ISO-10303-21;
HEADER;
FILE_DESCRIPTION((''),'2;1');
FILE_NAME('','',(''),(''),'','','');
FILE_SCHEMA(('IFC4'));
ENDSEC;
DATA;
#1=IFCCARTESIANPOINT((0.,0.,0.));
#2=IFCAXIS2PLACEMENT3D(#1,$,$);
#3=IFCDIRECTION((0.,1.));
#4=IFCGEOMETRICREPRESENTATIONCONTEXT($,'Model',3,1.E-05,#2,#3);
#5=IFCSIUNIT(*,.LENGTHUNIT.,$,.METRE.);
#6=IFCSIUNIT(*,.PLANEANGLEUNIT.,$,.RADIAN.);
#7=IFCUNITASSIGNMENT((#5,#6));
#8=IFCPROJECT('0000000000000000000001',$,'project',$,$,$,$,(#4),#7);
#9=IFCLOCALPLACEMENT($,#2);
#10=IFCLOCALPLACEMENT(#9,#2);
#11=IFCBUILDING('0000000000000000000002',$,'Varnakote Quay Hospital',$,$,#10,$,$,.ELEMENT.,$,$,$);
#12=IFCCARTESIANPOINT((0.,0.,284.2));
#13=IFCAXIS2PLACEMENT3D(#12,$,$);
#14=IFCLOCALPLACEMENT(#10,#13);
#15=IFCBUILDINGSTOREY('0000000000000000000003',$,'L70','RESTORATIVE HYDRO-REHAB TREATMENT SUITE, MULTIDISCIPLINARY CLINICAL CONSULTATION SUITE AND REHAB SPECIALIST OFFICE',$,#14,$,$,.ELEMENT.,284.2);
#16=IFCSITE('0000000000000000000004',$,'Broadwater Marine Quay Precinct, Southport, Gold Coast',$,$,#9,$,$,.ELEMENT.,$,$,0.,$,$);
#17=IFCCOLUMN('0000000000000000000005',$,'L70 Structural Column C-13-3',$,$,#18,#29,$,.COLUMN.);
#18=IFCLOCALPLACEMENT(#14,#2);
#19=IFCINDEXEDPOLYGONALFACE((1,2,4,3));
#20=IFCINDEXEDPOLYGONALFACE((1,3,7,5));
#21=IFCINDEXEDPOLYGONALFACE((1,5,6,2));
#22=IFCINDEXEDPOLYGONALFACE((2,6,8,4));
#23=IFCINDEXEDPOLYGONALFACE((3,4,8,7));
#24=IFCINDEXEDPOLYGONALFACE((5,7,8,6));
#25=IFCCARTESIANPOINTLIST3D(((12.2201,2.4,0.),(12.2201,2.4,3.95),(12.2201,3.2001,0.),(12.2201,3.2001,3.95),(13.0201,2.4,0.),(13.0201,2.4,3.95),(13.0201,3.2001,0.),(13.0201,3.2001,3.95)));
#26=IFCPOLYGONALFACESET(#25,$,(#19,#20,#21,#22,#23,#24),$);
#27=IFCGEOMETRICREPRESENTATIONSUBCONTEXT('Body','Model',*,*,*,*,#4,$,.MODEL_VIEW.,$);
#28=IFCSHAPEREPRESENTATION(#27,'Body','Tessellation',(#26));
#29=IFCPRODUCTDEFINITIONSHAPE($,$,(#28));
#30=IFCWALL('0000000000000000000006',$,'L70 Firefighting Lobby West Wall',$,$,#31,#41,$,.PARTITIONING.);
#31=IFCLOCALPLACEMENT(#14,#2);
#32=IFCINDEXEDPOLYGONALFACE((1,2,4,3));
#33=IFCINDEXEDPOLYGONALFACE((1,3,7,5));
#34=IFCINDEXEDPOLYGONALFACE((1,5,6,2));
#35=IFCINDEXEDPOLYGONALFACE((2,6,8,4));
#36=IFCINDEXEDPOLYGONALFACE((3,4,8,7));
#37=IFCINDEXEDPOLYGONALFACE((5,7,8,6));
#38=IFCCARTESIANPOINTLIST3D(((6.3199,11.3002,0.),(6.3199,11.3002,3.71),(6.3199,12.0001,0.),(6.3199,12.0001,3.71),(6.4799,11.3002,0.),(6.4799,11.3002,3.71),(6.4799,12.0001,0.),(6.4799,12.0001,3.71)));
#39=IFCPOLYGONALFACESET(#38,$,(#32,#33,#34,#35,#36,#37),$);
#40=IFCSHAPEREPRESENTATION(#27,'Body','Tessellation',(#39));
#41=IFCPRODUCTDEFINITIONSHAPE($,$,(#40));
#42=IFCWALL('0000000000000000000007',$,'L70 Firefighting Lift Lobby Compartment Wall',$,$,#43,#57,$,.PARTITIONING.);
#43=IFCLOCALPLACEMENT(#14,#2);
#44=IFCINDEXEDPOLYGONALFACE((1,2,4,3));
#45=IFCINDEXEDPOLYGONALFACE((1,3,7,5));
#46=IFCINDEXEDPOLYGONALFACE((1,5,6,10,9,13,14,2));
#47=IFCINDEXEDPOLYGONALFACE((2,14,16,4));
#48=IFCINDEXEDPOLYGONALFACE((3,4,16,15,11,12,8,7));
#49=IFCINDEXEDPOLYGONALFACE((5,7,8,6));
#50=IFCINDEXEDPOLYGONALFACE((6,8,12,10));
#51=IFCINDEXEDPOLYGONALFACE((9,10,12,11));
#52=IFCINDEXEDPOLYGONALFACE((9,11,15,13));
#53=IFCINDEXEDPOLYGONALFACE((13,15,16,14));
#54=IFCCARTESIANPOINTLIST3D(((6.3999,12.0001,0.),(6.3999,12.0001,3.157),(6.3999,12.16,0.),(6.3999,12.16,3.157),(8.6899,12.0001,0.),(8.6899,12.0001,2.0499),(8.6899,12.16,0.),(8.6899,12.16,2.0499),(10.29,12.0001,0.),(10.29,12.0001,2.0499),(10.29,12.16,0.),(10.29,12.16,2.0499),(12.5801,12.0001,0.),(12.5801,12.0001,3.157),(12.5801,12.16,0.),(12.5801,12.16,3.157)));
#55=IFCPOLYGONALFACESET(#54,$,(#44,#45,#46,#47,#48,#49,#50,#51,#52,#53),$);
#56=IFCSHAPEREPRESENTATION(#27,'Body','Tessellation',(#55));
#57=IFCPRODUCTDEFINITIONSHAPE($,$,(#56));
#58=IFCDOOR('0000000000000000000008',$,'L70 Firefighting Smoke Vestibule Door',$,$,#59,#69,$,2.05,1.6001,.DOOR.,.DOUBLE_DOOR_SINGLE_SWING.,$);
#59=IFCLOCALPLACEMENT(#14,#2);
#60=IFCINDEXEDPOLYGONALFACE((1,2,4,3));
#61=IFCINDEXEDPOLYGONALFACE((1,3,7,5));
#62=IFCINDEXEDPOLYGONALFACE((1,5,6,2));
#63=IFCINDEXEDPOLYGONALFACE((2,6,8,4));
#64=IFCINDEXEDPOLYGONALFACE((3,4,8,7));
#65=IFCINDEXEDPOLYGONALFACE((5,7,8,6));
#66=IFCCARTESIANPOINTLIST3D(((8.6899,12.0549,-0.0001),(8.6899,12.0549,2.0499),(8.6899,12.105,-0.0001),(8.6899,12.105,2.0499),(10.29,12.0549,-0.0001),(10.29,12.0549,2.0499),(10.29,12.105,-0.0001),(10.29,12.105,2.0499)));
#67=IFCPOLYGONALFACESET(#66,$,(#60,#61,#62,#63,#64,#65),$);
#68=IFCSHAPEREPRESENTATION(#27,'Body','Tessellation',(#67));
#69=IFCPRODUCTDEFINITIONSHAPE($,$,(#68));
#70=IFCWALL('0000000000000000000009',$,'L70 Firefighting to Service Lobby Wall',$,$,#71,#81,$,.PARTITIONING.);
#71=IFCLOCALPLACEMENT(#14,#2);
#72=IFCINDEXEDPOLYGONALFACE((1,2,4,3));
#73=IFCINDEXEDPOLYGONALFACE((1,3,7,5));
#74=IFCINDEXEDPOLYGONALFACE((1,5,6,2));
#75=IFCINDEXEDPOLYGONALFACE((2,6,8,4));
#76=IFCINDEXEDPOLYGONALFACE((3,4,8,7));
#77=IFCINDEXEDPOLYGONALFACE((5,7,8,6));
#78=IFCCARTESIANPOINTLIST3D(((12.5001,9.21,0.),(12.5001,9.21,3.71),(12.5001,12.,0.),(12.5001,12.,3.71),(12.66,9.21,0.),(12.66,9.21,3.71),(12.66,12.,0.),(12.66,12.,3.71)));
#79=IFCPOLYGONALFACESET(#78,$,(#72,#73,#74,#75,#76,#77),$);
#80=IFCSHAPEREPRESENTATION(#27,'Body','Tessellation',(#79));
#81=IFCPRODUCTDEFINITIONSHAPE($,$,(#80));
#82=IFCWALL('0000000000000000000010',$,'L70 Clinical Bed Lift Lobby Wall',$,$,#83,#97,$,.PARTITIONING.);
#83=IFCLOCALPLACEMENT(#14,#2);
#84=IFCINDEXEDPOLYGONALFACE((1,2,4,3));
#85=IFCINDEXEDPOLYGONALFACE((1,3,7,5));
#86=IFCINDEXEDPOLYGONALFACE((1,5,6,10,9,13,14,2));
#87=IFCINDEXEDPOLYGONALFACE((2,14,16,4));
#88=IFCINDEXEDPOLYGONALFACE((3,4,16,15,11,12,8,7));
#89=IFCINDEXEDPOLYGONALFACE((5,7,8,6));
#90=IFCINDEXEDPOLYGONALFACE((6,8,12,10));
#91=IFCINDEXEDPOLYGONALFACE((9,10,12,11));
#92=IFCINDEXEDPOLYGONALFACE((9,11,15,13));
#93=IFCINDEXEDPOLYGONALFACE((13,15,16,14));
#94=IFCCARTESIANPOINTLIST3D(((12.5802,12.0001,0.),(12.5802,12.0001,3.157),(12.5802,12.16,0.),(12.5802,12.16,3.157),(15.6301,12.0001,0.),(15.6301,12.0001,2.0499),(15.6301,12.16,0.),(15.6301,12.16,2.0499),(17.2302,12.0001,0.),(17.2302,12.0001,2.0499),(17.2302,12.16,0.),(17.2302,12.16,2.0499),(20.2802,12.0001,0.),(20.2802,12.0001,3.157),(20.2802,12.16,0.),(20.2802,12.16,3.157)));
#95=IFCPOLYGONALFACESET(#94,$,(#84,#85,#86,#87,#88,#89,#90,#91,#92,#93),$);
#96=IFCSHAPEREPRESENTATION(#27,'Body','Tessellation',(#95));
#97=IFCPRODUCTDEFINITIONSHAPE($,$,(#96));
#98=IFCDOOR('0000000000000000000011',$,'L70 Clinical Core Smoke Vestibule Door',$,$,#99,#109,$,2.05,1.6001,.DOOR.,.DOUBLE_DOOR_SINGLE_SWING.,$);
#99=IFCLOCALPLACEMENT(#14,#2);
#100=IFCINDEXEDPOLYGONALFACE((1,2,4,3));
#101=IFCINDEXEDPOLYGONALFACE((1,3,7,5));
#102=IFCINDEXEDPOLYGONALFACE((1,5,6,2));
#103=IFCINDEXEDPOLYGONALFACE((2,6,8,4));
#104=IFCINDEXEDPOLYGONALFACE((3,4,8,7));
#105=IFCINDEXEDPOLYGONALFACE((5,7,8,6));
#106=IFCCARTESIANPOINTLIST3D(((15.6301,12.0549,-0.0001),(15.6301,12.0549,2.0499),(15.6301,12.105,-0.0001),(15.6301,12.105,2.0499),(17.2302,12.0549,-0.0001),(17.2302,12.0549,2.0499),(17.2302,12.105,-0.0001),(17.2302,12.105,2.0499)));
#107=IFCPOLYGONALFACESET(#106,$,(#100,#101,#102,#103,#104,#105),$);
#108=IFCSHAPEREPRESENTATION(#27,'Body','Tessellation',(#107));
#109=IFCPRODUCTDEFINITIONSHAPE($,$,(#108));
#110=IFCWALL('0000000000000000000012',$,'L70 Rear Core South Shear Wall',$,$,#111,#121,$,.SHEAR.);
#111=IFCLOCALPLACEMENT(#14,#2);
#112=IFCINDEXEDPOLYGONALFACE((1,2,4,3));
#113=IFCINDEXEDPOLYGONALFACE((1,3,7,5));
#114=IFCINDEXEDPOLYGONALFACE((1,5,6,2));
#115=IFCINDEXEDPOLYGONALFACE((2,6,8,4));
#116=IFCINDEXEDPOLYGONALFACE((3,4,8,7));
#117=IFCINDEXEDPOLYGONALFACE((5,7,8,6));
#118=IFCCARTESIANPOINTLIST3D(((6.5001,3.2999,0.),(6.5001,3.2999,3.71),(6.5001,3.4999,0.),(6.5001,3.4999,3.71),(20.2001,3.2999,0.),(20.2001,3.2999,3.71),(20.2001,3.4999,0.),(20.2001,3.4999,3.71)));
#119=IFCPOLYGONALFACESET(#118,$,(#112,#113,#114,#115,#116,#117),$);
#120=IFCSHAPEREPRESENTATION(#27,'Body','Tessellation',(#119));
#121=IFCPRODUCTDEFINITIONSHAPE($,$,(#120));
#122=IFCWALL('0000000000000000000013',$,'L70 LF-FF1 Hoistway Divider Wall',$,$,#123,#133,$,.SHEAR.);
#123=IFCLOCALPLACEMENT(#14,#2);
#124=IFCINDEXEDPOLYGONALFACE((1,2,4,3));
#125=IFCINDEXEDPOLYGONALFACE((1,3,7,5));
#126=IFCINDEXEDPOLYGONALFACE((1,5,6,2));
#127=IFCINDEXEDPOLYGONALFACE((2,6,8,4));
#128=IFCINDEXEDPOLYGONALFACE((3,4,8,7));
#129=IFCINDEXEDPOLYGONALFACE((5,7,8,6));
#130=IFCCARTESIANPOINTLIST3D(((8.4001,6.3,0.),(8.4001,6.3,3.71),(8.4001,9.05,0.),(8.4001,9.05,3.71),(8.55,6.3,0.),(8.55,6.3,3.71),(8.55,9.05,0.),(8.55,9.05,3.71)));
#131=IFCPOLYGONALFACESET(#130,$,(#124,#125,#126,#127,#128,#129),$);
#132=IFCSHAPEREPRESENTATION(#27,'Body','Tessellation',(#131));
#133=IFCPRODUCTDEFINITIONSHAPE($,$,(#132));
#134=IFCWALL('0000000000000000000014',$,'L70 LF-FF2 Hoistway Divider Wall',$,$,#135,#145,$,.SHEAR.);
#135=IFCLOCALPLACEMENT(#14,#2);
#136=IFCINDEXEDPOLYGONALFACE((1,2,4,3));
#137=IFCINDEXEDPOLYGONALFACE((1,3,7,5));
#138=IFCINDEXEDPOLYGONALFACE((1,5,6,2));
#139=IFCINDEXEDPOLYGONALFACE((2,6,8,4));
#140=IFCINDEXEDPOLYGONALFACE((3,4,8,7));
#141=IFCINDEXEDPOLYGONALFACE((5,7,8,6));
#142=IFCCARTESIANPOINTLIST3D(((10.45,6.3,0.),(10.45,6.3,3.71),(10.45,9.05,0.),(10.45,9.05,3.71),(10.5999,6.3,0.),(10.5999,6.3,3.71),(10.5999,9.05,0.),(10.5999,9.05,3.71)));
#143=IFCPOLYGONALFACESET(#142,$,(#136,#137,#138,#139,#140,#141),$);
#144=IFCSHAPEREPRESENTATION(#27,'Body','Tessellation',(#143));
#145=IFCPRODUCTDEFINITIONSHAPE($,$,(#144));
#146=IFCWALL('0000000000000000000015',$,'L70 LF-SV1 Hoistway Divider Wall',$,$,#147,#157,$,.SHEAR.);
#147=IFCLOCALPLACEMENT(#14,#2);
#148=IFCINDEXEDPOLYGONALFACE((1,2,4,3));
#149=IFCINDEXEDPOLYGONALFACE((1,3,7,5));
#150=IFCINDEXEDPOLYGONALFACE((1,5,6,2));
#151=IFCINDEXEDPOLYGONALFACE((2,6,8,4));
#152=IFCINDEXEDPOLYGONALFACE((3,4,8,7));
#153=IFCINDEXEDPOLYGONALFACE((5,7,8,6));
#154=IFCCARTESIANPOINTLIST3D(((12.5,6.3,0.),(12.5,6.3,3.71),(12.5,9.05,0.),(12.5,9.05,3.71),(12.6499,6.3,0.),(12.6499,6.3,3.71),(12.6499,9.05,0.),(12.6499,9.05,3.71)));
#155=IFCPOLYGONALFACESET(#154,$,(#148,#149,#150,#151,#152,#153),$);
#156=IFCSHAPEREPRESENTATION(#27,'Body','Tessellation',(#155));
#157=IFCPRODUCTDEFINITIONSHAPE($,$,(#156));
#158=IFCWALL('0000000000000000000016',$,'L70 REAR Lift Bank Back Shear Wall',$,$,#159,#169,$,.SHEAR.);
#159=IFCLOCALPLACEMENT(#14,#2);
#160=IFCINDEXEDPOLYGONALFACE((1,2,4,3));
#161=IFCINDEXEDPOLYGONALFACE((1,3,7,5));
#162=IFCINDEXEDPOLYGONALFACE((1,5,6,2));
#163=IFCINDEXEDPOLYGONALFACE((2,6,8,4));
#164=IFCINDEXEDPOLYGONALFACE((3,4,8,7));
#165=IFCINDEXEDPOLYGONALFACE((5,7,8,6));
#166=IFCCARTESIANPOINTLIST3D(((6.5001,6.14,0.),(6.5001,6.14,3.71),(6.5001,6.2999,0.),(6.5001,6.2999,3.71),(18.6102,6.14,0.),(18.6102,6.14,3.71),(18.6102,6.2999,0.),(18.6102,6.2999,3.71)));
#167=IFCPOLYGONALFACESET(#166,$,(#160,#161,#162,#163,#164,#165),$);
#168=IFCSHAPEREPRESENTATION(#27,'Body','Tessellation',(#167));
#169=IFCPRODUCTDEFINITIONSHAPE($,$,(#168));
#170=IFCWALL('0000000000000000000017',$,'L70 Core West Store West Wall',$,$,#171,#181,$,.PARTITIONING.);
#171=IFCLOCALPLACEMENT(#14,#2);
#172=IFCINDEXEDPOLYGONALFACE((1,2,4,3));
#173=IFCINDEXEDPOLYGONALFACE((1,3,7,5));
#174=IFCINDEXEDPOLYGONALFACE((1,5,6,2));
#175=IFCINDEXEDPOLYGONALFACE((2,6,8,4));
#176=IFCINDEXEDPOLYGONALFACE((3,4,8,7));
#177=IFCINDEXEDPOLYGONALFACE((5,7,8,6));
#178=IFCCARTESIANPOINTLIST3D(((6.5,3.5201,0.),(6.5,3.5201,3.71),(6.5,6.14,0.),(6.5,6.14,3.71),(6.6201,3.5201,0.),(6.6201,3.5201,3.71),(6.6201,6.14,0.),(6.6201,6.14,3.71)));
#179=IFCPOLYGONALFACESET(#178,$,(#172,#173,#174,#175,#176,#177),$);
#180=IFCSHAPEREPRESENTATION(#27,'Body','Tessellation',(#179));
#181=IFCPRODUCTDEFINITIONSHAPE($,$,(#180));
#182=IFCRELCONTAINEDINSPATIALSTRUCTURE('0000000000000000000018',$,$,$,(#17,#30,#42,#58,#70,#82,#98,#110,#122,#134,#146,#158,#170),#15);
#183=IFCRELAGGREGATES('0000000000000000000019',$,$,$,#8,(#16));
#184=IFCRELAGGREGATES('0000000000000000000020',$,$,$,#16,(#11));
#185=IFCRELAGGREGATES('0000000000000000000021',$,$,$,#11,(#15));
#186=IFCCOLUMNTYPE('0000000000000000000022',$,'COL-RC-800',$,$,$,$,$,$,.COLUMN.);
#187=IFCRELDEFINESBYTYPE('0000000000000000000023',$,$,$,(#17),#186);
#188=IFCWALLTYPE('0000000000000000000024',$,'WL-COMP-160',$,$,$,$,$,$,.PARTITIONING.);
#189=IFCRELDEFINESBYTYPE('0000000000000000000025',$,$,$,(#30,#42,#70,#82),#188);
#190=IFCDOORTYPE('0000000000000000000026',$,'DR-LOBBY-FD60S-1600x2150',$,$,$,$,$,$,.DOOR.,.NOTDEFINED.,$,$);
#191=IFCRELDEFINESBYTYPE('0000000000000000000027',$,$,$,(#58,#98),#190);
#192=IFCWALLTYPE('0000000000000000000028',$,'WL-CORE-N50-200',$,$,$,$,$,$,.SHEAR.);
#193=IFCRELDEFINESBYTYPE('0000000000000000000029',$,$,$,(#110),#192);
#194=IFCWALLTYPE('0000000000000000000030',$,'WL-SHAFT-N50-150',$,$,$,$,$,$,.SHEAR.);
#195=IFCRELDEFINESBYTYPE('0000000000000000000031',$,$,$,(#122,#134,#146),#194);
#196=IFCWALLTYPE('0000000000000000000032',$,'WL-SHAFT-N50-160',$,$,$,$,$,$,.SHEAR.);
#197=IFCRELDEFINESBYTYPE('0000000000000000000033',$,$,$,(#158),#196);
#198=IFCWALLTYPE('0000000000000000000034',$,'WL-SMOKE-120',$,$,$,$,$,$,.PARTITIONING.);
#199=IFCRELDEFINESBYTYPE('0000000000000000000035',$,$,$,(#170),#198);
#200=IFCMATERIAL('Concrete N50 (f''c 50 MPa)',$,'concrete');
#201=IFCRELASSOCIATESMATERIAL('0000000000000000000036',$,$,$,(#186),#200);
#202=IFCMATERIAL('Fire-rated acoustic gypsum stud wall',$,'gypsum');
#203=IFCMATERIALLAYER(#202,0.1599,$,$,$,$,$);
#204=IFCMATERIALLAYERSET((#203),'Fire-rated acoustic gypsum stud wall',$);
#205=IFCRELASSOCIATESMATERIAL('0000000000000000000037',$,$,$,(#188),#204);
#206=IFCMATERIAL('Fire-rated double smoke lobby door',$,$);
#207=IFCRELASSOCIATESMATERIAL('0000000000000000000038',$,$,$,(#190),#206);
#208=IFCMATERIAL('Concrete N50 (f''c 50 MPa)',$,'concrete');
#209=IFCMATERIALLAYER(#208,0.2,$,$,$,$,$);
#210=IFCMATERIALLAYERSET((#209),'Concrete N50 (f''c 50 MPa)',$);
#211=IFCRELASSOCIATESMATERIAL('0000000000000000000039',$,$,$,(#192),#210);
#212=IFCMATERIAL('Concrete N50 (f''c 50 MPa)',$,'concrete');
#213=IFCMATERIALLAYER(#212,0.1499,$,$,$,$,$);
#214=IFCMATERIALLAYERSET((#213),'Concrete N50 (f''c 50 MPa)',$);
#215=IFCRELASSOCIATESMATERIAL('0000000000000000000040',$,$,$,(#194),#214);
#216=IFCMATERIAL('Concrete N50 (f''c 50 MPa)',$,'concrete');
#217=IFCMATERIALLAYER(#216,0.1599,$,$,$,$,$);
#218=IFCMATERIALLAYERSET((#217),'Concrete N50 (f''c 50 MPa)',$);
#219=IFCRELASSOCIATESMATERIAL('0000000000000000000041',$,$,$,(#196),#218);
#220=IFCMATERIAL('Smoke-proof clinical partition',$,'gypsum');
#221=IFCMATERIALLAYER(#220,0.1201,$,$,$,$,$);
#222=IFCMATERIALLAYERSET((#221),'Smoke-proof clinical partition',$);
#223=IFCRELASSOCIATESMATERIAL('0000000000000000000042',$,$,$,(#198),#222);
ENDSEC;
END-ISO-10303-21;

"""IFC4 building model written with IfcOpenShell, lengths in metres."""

from ifc_helpers import new_model, si_unit, direction, frame, frame_2d, origin, origin_2d, place, context, subcontext, project, spatial, rectangle, extrude, material, layer, layer_set, material_profile, profile_set, type_object, element, fill, save


model = new_model("IFC4")

# Units and contexts
model_context = context("Model", 3, precision=1e-05, world=origin(), true_north=direction((0.0, 1.0)))
body_context = subcontext(model_context, "Body", "Model", "MODEL_VIEW")
ifc_project = project(units=[si_unit("LENGTHUNIT", "METRE"), si_unit("PLANEANGLEUNIT", "RADIAN")], contexts=[model_context])

# Site, building, storey
site_placement = place(None, origin())
site = spatial("IfcSite", under=ifc_project, at=site_placement, Name="Broadwater Marine Quay Precinct, Southport, Gold Coast", CompositionType="ELEMENT", RefElevation=0.0)
building_placement = place(site_placement, origin())
building = spatial("IfcBuilding", under=site, at=building_placement, Name="Varnakote Quay Hospital", CompositionType="ELEMENT")
storey_placement = place(building_placement, frame((0.0, 0.0, 284.2)))
storey = spatial("IfcBuildingStorey", under=building, at=storey_placement, Name="L70", Description="RESTORATIVE HYDRO-REHAB TREATMENT SUITE, MULTIDISCIPLINARY CLINICAL CONSULTATION SUITE AND REHAB SPECIALIST OFFICE", CompositionType="ELEMENT", Elevation=284.2)

# Column
ifc_material_1 = material(Name="Concrete N50 (f'c 50 MPa)", Category="concrete")
ifc_material_profile = material_profile(ifc_material_1, rectangle(XDim=0.8, YDim=0.8, at=origin_2d()), Name="RC-COL-800x800")
ifc_profile_set = profile_set([ifc_material_profile], Name="Concrete N50 (f'c 50 MPa)")
column_type = type_object("IfcColumnType", Name="COL-RC-800", PredefinedType="COLUMN", material=ifc_profile_set)
column_placement = place(storey_placement, frame((12.6201, 2.8, 0.0), z_axis=(0.0, 0.0, 1.0), x_axis=(1.0, 0.0, 0.0)))
element("IfcColumn", 1, at=column_placement, inside=storey, type_object=column_type, Name="L70 Structural Column C-13-3", PredefinedType="COLUMN", context=body_context, shape_type="SweptSolid", body=[
    extrude(rectangle(XDim=0.8, YDim=0.8, at=origin_2d()), origin(), (0.0, 0.0, 1.0), 3.95),
])

# Wall
ifc_material_2 = material(Name="Fire-rated acoustic gypsum stud wall", Category="gypsum")
ifc_layer_1 = layer(ifc_material_2, 0.1599)
ifc_layer_set_1 = layer_set([ifc_layer_1], Name="Fire-rated acoustic gypsum stud wall")
wall_type_1 = type_object("IfcWallType", Name="WL-COMP-160", PredefinedType="PARTITIONING", material=ifc_layer_set_1)
wall_1_placement = place(storey_placement, frame((6.3999, 11.3, 0.0), z_axis=(0.0, 0.0, 1.0), x_axis=(0.0, 1.0, 0.0)))
element("IfcWall", 2, at=wall_1_placement, inside=storey, type_object=wall_type_1, Name="L70 Firefighting Lobby West Wall", PredefinedType="PARTITIONING", context=body_context, shape_type="SweptSolid", body=[
    extrude(rectangle(XDim=0.7, YDim=0.1599, at=frame_2d((0.3501, 0.0))), origin(), (0.0, 0.0, 1.0), 3.71),
])

# Wall, opening, door
wall_2_placement = place(storey_placement, frame((6.3999, 12.0801, 0.0), z_axis=(0.0, 0.0, 1.0), x_axis=(1.0, 0.0, 0.0)))
wall_2 = element("IfcWall", 3, at=wall_2_placement, inside=storey, type_object=wall_type_1, Name="L70 Firefighting Lift Lobby Compartment Wall", PredefinedType="PARTITIONING", context=body_context, shape_type="SweptSolid", body=[
    extrude(rectangle(XDim=6.1802, YDim=0.1599, at=frame_2d((3.0901, 0.0))), origin(), (0.0, 0.0, 1.0), 3.157),
])
opening_1_placement = place(wall_2_placement, frame((2.29, 0.0, 0.0)))
opening_1 = element("IfcOpeningElement", 4, at=opening_1_placement, cuts=wall_2, PredefinedType="OPENING", context=body_context, shape_type="SweptSolid", body=[
    extrude(rectangle(XDim=1.6001, YDim=2.05, at=frame_2d((0.8, 1.0249))), frame((0.0, 0.0898, 0.0), z_axis=(0.0, -1.0, 0.0), x_axis=(1.0, 0.0, 0.0)), (0.0, 0.0, 1.0), 0.1799),
])
ifc_material_3 = material(Name="Fire-rated double smoke lobby door")
door_type_1 = type_object("IfcDoorType", Name="DR-LOBBY-FD60S-1600x2150", OperationType="NOTDEFINED", PredefinedType="DOOR", material=ifc_material_3)
door_1_placement = place(opening_1_placement, origin())
door_1 = element("IfcDoor", 5, at=door_1_placement, inside=storey, type_object=door_type_1, Name="L70 Firefighting Smoke Vestibule Door", OperationType="DOUBLE_DOOR_SINGLE_SWING", OverallHeight=2.05, OverallWidth=1.6001, PredefinedType="DOOR", context=body_context, shape_type="SweptSolid", body=[
    extrude(rectangle(XDim=1.6001, YDim=2.05, at=frame_2d((0.8, 1.0249))), frame((0.0, 0.0249, 0.0), z_axis=(0.0, -1.0, 0.0), x_axis=(1.0, 0.0, 0.0)), (0.0, 0.0, 1.0), 0.05),
])
fill(opening_1, door_1)

# Wall
wall_3_placement = place(storey_placement, frame((12.5801, 9.21, 0.0), z_axis=(0.0, 0.0, 1.0), x_axis=(0.0, 1.0, 0.0)))
element("IfcWall", 6, at=wall_3_placement, inside=storey, type_object=wall_type_1, Name="L70 Firefighting to Service Lobby Wall", PredefinedType="PARTITIONING", context=body_context, shape_type="SweptSolid", body=[
    extrude(rectangle(XDim=2.79, YDim=0.1599, at=frame_2d((1.395, 0.0))), origin(), (0.0, 0.0, 1.0), 3.71),
])

# Wall, opening, door
wall_4_placement = place(storey_placement, frame((12.5801, 12.0801, 0.0), z_axis=(0.0, 0.0, 1.0), x_axis=(1.0, 0.0, 0.0)))
wall_4 = element("IfcWall", 7, at=wall_4_placement, inside=storey, type_object=wall_type_1, Name="L70 Clinical Bed Lift Lobby Wall", PredefinedType="PARTITIONING", context=body_context, shape_type="SweptSolid", body=[
    extrude(rectangle(XDim=7.7, YDim=0.1599, at=frame_2d((3.8501, 0.0))), origin(), (0.0, 0.0, 1.0), 3.157),
])
opening_2_placement = place(wall_4_placement, frame((3.05, 0.0, 0.0)))
opening_2 = element("IfcOpeningElement", 8, at=opening_2_placement, cuts=wall_4, PredefinedType="OPENING", context=body_context, shape_type="SweptSolid", body=[
    extrude(rectangle(XDim=1.6001, YDim=2.05, at=frame_2d((0.8, 1.0249))), frame((0.0, 0.0898, 0.0), z_axis=(0.0, -1.0, 0.0), x_axis=(1.0, 0.0, 0.0)), (0.0, 0.0, 1.0), 0.1799),
])
door_2_placement = place(opening_2_placement, origin())
door_2 = element("IfcDoor", 9, at=door_2_placement, inside=storey, type_object=door_type_1, Name="L70 Clinical Core Smoke Vestibule Door", OperationType="DOUBLE_DOOR_SINGLE_SWING", OverallHeight=2.05, OverallWidth=1.6001, PredefinedType="DOOR", context=body_context, shape_type="SweptSolid", body=[
    extrude(rectangle(XDim=1.6001, YDim=2.05, at=frame_2d((0.8, 1.0249))), frame((0.0, 0.0249, 0.0), z_axis=(0.0, -1.0, 0.0), x_axis=(1.0, 0.0, 0.0)), (0.0, 0.0, 1.0), 0.05),
])
fill(opening_2, door_2)

# Walls
ifc_material_4 = material(Name="Concrete N50 (f'c 50 MPa)", Category="concrete")
ifc_layer_2 = layer(ifc_material_4, 0.2)
ifc_layer_set_2 = layer_set([ifc_layer_2], Name="Concrete N50 (f'c 50 MPa)")
wall_type_2 = type_object("IfcWallType", Name="WL-CORE-N50-200", PredefinedType="SHEAR", material=ifc_layer_set_2)
wall_5_placement = place(storey_placement, frame((6.5, 3.3999, 0.0), z_axis=(0.0, 0.0, 1.0), x_axis=(1.0, 0.0, 0.0)))
element("IfcWall", 10, at=wall_5_placement, inside=storey, type_object=wall_type_2, Name="L70 Rear Core South Shear Wall", PredefinedType="SHEAR", context=body_context, shape_type="SweptSolid", body=[
    extrude(rectangle(XDim=13.7, YDim=0.2, at=frame_2d((6.8501, 0.0))), origin(), (0.0, 0.0, 1.0), 3.71),
])
ifc_material_5 = material(Name="Concrete N50 (f'c 50 MPa)", Category="concrete")
ifc_layer_3 = layer(ifc_material_5, 0.1499)
ifc_layer_set_3 = layer_set([ifc_layer_3], Name="Concrete N50 (f'c 50 MPa)")
wall_type_3 = type_object("IfcWallType", Name="WL-SHAFT-N50-150", PredefinedType="SHEAR", material=ifc_layer_set_3)
for number, where, z_axis, x_axis, name in (
    (11, (8.4751, 6.3, 0.0), (0.0, 0.0, 1.0), (0.0, 1.0, 0.0), "L70 LF-FF1 Hoistway Divider Wall"),
    (12, (10.5249, 6.3, 0.0), (0.0, 0.0, 1.0), (0.0, 1.0, 0.0), "L70 LF-FF2 Hoistway Divider Wall"),
    (13, (12.575, 6.3, 0.0), (0.0, 0.0, 1.0), (0.0, 1.0, 0.0), "L70 LF-SV1 Hoistway Divider Wall"),
):
    element("IfcWall", number, at=place(storey_placement, frame(where, z_axis=z_axis, x_axis=x_axis)), inside=storey, type_object=wall_type_3, Name=name, PredefinedType="SHEAR", context=body_context, shape_type="SweptSolid", body=[
        extrude(rectangle(XDim=2.75, YDim=0.1499, at=frame_2d((1.375, 0.0))), origin(), (0.0, 0.0, 1.0), 3.71),
    ])
ifc_material_6 = material(Name="Concrete N50 (f'c 50 MPa)", Category="concrete")
ifc_layer_4 = layer(ifc_material_6, 0.1599)
ifc_layer_set_4 = layer_set([ifc_layer_4], Name="Concrete N50 (f'c 50 MPa)")
wall_type_4 = type_object("IfcWallType", Name="WL-SHAFT-N50-160", PredefinedType="SHEAR", material=ifc_layer_set_4)
wall_6_placement = place(storey_placement, frame((6.5, 6.22, 0.0), z_axis=(0.0, 0.0, 1.0), x_axis=(1.0, 0.0, 0.0)))
element("IfcWall", 14, at=wall_6_placement, inside=storey, type_object=wall_type_4, Name="L70 REAR Lift Bank Back Shear Wall", PredefinedType="SHEAR", context=body_context, shape_type="SweptSolid", body=[
    extrude(rectangle(XDim=12.1101, YDim=0.1599, at=frame_2d((6.0552, 0.0))), origin(), (0.0, 0.0, 1.0), 3.71),
])

# Wall
ifc_material_7 = material(Name="Smoke-proof clinical partition", Category="gypsum")
ifc_layer_5 = layer(ifc_material_7, 0.1201)
ifc_layer_set_5 = layer_set([ifc_layer_5], Name="Smoke-proof clinical partition")
wall_type_5 = type_object("IfcWallType", Name="WL-SMOKE-120", PredefinedType="PARTITIONING", material=ifc_layer_set_5)
wall_7_placement = place(storey_placement, frame((6.5601, 3.52, 0.0), z_axis=(0.0, 0.0, 1.0), x_axis=(0.0, 1.0, 0.0)))
element("IfcWall", 15, at=wall_7_placement, inside=storey, type_object=wall_type_5, Name="L70 Core West Store West Wall", PredefinedType="PARTITIONING", context=body_context, shape_type="SweptSolid", body=[
    extrude(rectangle(XDim=2.6199, YDim=0.1201, at=frame_2d((1.3101, 0.0))), origin(), (0.0, 0.0, 1.0), 3.71),
])

save(model, "model.ifc")
